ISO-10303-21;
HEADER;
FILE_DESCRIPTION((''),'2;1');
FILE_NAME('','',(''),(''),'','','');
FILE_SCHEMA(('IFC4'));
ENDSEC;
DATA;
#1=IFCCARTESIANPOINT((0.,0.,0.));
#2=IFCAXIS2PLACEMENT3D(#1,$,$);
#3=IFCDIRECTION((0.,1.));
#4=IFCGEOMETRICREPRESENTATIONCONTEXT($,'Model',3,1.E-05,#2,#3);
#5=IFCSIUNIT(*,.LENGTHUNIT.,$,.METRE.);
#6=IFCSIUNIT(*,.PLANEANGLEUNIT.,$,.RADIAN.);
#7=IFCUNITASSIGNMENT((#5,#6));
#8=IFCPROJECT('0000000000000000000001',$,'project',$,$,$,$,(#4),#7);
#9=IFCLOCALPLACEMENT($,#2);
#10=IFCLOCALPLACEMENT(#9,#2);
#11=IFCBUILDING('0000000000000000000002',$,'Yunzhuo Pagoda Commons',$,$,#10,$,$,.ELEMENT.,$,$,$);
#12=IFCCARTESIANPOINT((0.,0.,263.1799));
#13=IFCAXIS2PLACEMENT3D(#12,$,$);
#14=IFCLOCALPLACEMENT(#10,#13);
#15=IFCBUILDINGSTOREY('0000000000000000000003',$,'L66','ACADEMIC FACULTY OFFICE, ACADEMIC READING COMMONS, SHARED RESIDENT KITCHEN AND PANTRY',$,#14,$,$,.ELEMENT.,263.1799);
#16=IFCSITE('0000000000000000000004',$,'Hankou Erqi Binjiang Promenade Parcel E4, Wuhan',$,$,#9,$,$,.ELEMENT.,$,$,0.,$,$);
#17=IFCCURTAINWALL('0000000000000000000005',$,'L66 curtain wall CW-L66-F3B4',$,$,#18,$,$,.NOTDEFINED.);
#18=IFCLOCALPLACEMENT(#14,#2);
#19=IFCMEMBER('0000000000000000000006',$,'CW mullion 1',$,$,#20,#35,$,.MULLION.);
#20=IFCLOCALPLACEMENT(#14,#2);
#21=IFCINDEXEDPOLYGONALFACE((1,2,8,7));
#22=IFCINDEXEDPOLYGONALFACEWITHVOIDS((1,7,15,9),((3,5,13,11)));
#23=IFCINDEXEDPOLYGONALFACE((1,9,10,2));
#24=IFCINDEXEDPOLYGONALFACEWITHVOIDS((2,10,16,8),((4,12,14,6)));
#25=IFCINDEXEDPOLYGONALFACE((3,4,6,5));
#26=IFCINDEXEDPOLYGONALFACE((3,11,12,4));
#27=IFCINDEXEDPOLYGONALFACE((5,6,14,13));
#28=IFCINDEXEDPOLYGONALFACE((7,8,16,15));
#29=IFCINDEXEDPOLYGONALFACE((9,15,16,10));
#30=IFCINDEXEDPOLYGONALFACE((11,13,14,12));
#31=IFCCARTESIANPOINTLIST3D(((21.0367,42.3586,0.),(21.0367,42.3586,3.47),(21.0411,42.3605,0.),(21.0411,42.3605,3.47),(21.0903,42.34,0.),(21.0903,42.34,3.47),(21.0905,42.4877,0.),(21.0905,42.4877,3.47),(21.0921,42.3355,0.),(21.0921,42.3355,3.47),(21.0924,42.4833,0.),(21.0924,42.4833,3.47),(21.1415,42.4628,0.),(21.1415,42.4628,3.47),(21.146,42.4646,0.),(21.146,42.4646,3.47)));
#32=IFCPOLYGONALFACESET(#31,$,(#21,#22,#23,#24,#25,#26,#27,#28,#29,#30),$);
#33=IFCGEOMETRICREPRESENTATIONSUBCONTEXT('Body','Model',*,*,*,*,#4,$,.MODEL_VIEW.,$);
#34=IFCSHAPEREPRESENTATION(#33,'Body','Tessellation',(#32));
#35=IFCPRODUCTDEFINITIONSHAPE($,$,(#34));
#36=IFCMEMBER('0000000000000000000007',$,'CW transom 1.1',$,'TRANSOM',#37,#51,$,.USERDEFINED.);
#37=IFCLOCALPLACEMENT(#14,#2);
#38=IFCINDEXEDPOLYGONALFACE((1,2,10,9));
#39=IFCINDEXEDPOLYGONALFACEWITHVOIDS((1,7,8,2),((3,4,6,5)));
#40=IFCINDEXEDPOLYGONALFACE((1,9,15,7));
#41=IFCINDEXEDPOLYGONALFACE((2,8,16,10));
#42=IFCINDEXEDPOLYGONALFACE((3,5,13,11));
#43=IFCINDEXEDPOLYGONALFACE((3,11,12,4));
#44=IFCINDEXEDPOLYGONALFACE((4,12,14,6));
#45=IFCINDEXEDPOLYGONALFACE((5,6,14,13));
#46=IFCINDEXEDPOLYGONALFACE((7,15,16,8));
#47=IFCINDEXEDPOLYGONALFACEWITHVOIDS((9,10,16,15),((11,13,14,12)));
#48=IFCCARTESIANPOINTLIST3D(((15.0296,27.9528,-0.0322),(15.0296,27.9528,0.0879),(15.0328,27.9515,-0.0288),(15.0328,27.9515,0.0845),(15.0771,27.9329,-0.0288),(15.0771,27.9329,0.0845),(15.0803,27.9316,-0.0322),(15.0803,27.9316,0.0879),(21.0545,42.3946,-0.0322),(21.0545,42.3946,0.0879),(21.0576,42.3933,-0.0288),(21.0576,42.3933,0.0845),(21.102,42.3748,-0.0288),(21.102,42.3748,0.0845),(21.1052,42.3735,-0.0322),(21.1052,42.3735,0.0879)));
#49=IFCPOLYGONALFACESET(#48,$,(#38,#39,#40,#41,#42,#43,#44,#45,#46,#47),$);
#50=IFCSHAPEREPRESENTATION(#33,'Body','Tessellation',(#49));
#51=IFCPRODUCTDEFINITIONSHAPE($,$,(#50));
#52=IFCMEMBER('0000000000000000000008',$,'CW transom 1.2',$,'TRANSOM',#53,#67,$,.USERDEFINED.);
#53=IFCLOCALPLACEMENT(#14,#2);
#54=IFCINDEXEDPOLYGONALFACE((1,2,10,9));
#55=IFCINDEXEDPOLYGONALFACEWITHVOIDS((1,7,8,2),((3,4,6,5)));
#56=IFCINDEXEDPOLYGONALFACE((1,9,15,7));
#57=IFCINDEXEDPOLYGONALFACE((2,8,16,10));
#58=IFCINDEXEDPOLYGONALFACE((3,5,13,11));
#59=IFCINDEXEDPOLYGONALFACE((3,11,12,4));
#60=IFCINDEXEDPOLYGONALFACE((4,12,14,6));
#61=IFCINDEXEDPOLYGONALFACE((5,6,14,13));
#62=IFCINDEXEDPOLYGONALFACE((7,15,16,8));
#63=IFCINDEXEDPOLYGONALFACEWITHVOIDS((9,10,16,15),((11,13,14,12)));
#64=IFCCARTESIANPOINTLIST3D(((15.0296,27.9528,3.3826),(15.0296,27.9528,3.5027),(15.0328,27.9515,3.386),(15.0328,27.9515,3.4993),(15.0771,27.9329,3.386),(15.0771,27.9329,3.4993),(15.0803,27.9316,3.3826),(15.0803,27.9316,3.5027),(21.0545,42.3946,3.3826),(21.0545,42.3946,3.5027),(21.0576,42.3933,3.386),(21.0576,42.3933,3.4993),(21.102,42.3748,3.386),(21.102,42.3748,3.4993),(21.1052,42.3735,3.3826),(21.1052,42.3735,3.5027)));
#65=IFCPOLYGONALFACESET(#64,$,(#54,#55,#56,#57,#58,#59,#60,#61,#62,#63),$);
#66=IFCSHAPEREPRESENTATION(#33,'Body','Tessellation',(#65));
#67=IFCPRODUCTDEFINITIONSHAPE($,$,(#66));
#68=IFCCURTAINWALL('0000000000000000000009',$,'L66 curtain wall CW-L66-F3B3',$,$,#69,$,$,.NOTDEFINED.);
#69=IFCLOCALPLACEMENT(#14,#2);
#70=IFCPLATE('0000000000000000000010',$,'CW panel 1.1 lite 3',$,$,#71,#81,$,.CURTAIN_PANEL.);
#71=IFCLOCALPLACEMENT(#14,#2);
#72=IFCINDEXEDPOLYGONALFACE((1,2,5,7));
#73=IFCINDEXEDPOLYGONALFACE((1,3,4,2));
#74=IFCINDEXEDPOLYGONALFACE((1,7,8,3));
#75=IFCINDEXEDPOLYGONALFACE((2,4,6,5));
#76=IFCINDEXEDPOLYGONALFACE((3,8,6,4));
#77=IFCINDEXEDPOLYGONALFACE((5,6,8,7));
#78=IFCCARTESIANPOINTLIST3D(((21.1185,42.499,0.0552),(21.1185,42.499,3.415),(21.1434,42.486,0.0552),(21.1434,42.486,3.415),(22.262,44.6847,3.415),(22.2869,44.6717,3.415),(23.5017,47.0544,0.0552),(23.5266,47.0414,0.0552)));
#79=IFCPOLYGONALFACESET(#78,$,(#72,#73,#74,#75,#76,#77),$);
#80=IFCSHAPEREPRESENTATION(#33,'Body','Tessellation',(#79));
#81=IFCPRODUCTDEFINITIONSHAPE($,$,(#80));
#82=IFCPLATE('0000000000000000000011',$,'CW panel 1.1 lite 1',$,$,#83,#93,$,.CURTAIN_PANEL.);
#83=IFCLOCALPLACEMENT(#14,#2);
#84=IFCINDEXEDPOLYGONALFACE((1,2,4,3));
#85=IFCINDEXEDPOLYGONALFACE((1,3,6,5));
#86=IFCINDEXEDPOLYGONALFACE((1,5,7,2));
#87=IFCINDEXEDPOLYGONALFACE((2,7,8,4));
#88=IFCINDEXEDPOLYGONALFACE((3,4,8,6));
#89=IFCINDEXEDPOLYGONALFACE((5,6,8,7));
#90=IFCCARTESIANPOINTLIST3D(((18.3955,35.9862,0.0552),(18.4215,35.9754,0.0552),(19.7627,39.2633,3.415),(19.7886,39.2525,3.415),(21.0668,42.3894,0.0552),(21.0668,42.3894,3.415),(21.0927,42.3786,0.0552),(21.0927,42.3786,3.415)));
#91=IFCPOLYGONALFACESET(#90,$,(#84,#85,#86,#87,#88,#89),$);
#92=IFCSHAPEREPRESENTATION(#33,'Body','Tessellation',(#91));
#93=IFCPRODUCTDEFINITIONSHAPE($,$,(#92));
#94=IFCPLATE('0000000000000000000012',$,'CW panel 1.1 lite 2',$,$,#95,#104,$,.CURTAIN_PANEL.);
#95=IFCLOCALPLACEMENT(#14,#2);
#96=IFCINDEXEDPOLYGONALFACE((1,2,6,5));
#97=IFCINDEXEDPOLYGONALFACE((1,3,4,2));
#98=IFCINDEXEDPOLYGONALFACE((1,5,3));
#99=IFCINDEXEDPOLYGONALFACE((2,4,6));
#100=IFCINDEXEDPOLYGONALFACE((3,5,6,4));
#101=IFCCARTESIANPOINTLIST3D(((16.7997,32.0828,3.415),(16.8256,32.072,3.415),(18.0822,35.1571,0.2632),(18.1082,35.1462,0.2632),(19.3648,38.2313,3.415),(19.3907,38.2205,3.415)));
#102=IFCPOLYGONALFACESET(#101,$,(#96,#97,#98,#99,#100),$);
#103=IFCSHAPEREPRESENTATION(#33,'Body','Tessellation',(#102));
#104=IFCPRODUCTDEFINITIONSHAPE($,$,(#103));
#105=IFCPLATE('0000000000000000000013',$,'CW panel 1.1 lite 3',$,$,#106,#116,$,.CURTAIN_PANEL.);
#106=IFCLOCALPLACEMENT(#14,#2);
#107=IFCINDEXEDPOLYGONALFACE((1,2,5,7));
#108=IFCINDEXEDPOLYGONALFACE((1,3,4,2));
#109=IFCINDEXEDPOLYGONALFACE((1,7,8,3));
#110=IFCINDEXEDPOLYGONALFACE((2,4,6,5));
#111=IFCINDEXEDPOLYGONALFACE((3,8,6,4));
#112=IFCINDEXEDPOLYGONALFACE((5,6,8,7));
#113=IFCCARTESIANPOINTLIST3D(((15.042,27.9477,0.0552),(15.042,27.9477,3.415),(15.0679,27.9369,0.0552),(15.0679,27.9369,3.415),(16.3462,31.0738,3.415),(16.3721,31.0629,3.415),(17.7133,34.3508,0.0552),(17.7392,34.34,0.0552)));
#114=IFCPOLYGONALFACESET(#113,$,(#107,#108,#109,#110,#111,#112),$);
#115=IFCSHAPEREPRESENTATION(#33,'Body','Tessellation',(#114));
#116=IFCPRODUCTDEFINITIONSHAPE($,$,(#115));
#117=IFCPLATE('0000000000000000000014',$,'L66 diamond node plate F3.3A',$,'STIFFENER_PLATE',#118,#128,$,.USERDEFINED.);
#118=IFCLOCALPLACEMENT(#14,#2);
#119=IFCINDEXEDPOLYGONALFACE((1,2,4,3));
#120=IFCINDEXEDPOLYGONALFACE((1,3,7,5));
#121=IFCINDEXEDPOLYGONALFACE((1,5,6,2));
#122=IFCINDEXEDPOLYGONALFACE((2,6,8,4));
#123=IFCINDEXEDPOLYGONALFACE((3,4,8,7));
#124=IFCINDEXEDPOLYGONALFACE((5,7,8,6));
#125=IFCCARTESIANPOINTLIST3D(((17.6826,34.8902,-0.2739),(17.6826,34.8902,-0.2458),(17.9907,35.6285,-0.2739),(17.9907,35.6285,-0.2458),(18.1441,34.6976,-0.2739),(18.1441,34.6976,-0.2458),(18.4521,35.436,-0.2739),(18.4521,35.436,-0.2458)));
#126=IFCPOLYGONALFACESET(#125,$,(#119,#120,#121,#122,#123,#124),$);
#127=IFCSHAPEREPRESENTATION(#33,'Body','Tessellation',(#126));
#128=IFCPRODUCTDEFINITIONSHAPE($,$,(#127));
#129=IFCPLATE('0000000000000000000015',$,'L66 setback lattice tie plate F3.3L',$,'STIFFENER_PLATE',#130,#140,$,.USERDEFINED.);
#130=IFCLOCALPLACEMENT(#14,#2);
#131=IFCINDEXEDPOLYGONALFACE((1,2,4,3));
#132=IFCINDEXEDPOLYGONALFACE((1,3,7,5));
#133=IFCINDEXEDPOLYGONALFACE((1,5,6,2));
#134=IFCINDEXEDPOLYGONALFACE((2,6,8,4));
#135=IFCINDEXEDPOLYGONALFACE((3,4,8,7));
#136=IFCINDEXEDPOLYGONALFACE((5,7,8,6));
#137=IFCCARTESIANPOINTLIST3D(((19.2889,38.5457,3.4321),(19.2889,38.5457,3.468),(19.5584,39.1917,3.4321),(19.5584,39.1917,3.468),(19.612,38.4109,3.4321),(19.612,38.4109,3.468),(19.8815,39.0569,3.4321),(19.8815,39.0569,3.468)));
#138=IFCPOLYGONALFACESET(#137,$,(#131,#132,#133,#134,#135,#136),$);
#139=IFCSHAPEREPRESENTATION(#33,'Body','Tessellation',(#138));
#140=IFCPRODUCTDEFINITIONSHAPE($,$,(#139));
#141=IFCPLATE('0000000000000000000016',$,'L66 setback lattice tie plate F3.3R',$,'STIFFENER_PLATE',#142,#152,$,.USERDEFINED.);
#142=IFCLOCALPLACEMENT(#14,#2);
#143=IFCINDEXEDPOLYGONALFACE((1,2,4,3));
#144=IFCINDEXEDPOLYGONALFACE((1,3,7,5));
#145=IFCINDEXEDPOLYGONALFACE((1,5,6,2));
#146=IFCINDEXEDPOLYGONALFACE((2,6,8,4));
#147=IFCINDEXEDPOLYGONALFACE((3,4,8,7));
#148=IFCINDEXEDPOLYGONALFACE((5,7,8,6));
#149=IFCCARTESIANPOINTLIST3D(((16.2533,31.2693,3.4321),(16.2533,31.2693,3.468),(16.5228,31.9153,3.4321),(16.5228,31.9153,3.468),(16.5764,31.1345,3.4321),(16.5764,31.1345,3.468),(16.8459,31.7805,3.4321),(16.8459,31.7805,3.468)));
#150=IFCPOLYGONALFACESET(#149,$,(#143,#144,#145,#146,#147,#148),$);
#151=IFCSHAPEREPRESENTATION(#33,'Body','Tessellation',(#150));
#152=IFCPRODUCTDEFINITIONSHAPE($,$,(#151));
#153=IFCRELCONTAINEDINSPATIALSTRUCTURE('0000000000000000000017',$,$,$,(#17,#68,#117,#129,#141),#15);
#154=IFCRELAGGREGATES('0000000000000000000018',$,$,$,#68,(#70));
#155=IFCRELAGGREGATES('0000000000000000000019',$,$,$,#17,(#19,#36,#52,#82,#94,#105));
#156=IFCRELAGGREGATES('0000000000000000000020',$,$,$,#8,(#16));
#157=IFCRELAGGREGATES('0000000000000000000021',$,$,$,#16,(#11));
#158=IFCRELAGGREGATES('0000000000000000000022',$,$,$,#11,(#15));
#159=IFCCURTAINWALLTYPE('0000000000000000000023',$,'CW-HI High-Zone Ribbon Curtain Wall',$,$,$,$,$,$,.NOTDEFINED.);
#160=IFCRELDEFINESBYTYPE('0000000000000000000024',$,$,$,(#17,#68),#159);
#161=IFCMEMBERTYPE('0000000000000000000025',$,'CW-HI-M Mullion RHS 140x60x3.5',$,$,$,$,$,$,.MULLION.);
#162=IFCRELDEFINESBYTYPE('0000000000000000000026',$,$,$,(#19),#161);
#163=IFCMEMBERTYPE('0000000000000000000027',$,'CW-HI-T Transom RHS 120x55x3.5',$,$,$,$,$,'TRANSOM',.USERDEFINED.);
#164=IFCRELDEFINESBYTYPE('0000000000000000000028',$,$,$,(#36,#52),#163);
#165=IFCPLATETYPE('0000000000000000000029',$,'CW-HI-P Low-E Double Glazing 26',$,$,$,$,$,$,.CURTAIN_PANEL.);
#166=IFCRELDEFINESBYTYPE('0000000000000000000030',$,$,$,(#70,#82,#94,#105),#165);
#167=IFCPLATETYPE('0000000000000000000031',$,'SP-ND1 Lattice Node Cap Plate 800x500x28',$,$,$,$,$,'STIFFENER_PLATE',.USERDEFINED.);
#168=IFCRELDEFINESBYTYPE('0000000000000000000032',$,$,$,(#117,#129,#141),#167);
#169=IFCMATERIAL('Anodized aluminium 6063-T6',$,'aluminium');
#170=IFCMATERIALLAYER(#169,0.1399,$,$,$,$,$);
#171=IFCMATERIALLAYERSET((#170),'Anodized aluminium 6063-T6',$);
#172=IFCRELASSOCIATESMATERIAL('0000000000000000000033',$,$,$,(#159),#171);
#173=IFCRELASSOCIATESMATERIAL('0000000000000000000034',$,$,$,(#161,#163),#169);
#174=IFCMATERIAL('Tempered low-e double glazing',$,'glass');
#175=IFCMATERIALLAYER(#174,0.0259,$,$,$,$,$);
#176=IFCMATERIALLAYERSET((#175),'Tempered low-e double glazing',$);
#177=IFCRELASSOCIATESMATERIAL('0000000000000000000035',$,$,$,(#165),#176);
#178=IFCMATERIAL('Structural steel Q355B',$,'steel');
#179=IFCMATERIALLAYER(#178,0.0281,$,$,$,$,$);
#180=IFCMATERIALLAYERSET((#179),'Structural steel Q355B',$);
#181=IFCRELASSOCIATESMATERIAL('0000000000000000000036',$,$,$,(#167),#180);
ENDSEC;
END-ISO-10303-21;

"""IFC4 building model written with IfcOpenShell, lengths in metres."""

from ifc_helpers import new_model, si_unit, direction, frame, origin, origin_2d, place, context, subcontext, project, spatial, polyline, rectangle, hollow_rectangle, outline, extrude, source, transform, mapped, material, layer, layer_set, material_profile, profile_set, type_object, element, aggregate, save


model = new_model("IFC4")

# Units and contexts
model_context = context("Model", 3, precision=1e-05, world=origin(), true_north=direction((0.0, 1.0)))
body_context = subcontext(model_context, "Body", "Model", "MODEL_VIEW")
ifc_project = project(units=[si_unit("LENGTHUNIT", "METRE"), si_unit("PLANEANGLEUNIT", "RADIAN")], contexts=[model_context])

# Site, building, storey
site_placement = place(None, origin())
site = spatial("IfcSite", under=ifc_project, at=site_placement, Name="Hankou Erqi Binjiang Promenade Parcel E4, Wuhan", CompositionType="ELEMENT", RefElevation=0.0)
building_placement = place(site_placement, origin())
building = spatial("IfcBuilding", under=site, at=building_placement, Name="Yunzhuo Pagoda Commons", CompositionType="ELEMENT")
storey_placement = place(building_placement, frame((0.0, 0.0, 263.1799)))
storey = spatial("IfcBuildingStorey", under=building, at=storey_placement, Name="L66", Description="ACADEMIC FACULTY OFFICE, ACADEMIC READING COMMONS, SHARED RESIDENT KITCHEN AND PANTRY", CompositionType="ELEMENT", Elevation=263.1799)

# Shared definitions
ifc_material_1 = material(Name="Structural steel Q355B", Category="steel")

# Curtain wall, members
ifc_material_2 = material(Name="Anodized aluminium 6063-T6", Category="aluminium")
ifc_layer_1 = layer(ifc_material_2, 0.1399)
ifc_layer_set_1 = layer_set([ifc_layer_1], Name="Anodized aluminium 6063-T6")
curtain_wall_type = type_object("IfcCurtainWallType", Name="CW-HI High-Zone Ribbon Curtain Wall", PredefinedType="NOTDEFINED", material=ifc_layer_set_1)
curtain_wall_1_placement = place(storey_placement, origin())
curtain_wall_1 = element("IfcCurtainWall", 1, at=curtain_wall_1_placement, inside=storey, type_object=curtain_wall_type, Name="L66 curtain wall CW-L66-F3B4", PredefinedType="NOTDEFINED")
ifc_material_profile_1 = material_profile(ifc_material_2, hollow_rectangle(XDim=0.0601, YDim=0.1399, WallThickness=0.0034, at=origin_2d()), Name="Anodized aluminium 6063-T6")
ifc_profile_set_1 = profile_set([ifc_material_profile_1], Name="Anodized aluminium 6063-T6")
member_type_1 = type_object("IfcMemberType", Name="CW-HI-M Mullion RHS 140x60x3.5", PredefinedType="MULLION", material=ifc_profile_set_1)
shared_shape_1 = source(origin(), body_context, "Body", "SweptSolid", [
    extrude(hollow_rectangle(XDim=0.0601, YDim=0.1399, WallThickness=0.0034, at=origin_2d()), origin(), (0.0, 0.0, 1.0), 3.47),
])
member_1_placement = place(storey_placement, frame((21.0913, 42.4116, 0.0), z_axis=(0.0, 0.0, 1.0), x_axis=(0.92291, -0.385016, 0.0)))
member_1 = element("IfcMember", 2, at=member_1_placement, type_object=member_type_1, Name="CW mullion 1", PredefinedType="MULLION", context=body_context, shape_type="MappedRepresentation", body=[
    mapped(shared_shape_1, transform((0.0, 0.0, 0.0), scale=1.0)),
])
ifc_material_profile_2 = material_profile(ifc_material_2, hollow_rectangle(XDim=0.0549, YDim=0.1201, WallThickness=0.0034, at=origin_2d()), Name="Anodized aluminium 6063-T6")
ifc_profile_set_2 = profile_set([ifc_material_profile_2], Name="Anodized aluminium 6063-T6")
member_type_2 = type_object("IfcMemberType", Name="CW-HI-T Transom RHS 120x55x3.5", ElementType="TRANSOM", PredefinedType="USERDEFINED", material=ifc_profile_set_2)
shared_shape_2 = source(origin(), body_context, "Body", "SweptSolid", [
    extrude(hollow_rectangle(XDim=0.0549, YDim=0.1201, WallThickness=0.0034, at=origin_2d()), origin(), (0.0, 0.0, 1.0), 15.6482),
])
member_2_placement = place(storey_placement, frame((21.0798, 42.384, 0.0278), z_axis=(-0.385021, -0.922908, 0.0), x_axis=(0.922908, -0.385021, 0.0)))
member_2 = element("IfcMember", 3, at=member_2_placement, type_object=member_type_2, Name="CW transom 1.1", ObjectType="TRANSOM", PredefinedType="USERDEFINED", context=body_context, shape_type="MappedRepresentation", body=[
    mapped(shared_shape_2, transform((0.0, 0.0, 0.0), scale=1.0)),
])
member_3_placement = place(storey_placement, frame((21.0798, 42.384, 3.4426), z_axis=(-0.385021, -0.922908, 0.0), x_axis=(0.922908, -0.385021, 0.0)))
member_3 = element("IfcMember", 4, at=member_3_placement, type_object=member_type_2, Name="CW transom 1.2", ObjectType="TRANSOM", PredefinedType="USERDEFINED", context=body_context, shape_type="MappedRepresentation", body=[
    mapped(shared_shape_2, transform((0.0, 0.0, 0.0), scale=1.0)),
])

# Curtain wall, plate
curtain_wall_2_placement = place(storey_placement, origin())
curtain_wall_2 = element("IfcCurtainWall", 5, at=curtain_wall_2_placement, inside=storey, type_object=curtain_wall_type, Name="L66 curtain wall CW-L66-F3B3", PredefinedType="NOTDEFINED")
ifc_material_3 = material(Name="Tempered low-e double glazing", Category="glass")
ifc_layer_2 = layer(ifc_material_3, 0.0259)
ifc_layer_set_2 = layer_set([ifc_layer_2], Name="Tempered low-e double glazing")
plate_type_1 = type_object("IfcPlateType", Name="CW-HI-P Low-E Double Glazing 26", PredefinedType="CURTAIN_PANEL", material=ifc_layer_set_2)
plate_1_placement = place(storey_placement, frame((22.335, 44.7637, 1.7351), z_axis=(-0.886066, 0.463559, 0.0), x_axis=(-0.463559, -0.886066, 0.0)))
plate_1 = element("IfcPlate", 6, at=plate_1_placement, type_object=plate_type_1, Name="CW panel 1.1 lite 3", PredefinedType="CURTAIN_PANEL", context=body_context, shape_type="SweptSolid", body=[
    extrude(outline(polyline([(-2.5706, -1.6799), (2.5706, -1.6799), (2.5706, 1.6799), (0.1038, 1.6799), (-2.5706, -1.6799)])), origin(), (0.0, 0.0, 1.0), 0.0281),
])
aggregate(curtain_wall_2, [plate_1])

# Plates
plate_2_placement = place(storey_placement, frame((19.7571, 39.177, 1.7351), z_axis=(-0.92291, 0.385016, 0.0), x_axis=(-0.385016, -0.92291, 0.0)))
plate_2 = element("IfcPlate", 7, at=plate_2_placement, type_object=plate_type_1, Name="CW panel 1.1 lite 1", PredefinedType="CURTAIN_PANEL", context=body_context, shape_type="SweptSolid", body=[
    extrude(outline(polyline([(-3.469, -1.6799), (3.469, -1.6799), (-0.0818, 1.6799), (-3.469, 1.6799), (-3.469, -1.6799)])), origin(), (0.0, 0.0, 1.0), 0.0281),
])
plate_3_placement = place(storey_placement, frame((18.1082, 35.1462, 1.8391), z_axis=(-0.92291, 0.385016, 0.0), x_axis=(-0.385016, -0.92291, 0.0)))
plate_3 = element("IfcPlate", 8, at=plate_3_placement, type_object=plate_type_1, Name="CW panel 1.1 lite 2", PredefinedType="CURTAIN_PANEL", context=body_context, shape_type="SweptSolid", body=[
    extrude(outline(polyline([(-3.3311, 1.5759), (0.0, -1.5759), (3.3311, 1.5759), (-3.3311, 1.5759)])), origin(), (0.0, 0.0, 1.0), 0.0281),
])
plate_4_placement = place(storey_placement, frame((16.4036, 31.1384, 1.7351), z_axis=(-0.92291, 0.385016, 0.0), x_axis=(-0.385016, -0.92291, 0.0)))
plate_4 = element("IfcPlate", 9, at=plate_4_placement, type_object=plate_type_1, Name="CW panel 1.1 lite 3", PredefinedType="CURTAIN_PANEL", context=body_context, shape_type="SweptSolid", body=[
    extrude(outline(polyline([(-3.469, -1.6799), (3.469, -1.6799), (3.469, 1.6799), (0.0818, 1.6799), (-3.469, -1.6799)])), origin(), (0.0, 0.0, 1.0), 0.0281),
])
aggregate(curtain_wall_1, [member_1, member_2, member_3, plate_2, plate_3, plate_4])

# Plates
ifc_layer_3 = layer(ifc_material_1, 0.0281)
ifc_layer_set_3 = layer_set([ifc_layer_3], Name="Structural steel Q355B")
plate_type_2 = type_object("IfcPlateType", Name="SP-ND1 Lattice Node Cap Plate 800x500x28", ElementType="STIFFENER_PLATE", PredefinedType="USERDEFINED", material=ifc_layer_set_3)
shared_shape_3 = source(origin(), body_context, "Body", "SweptSolid", [
    extrude(rectangle(XDim=0.8, YDim=0.5, at=origin_2d()), origin(), (0.0, 0.0, 1.0), 0.0281),
])
plate_5_placement = place(storey_placement, frame((18.0674, 35.1631, -0.2739), z_axis=(0.0, 0.0, 1.0), x_axis=(-0.38502, -0.922908, 0.0)))
element("IfcPlate", 10, at=plate_5_placement, inside=storey, type_object=plate_type_2, Name="L66 diamond node plate F3.3A", ObjectType="STIFFENER_PLATE", PredefinedType="USERDEFINED", context=body_context, shape_type="MappedRepresentation", body=[
    mapped(shared_shape_3, transform((0.0, 0.0, 0.0), scale=1.0)),
])
shared_shape_4 = source(origin(), body_context, "Body", "SweptSolid", [
    extrude(rectangle(XDim=0.7, YDim=0.3501, at=origin_2d()), origin(), (0.0, 0.0, 1.0), 0.0359),
])
for number, where, z_axis, x_axis, name in (
    (11, (19.5852, 38.8013, 3.4321), (0.0, 0.0, 1.0), (-0.38502, -0.922908, 0.0), "L66 setback lattice tie plate F3.3L"),
    (12, (16.5496, 31.5249, 3.4321), (0.0, 0.0, 1.0), (-0.38502, -0.922908, 0.0), "L66 setback lattice tie plate F3.3R"),
):
    element("IfcPlate", number, at=place(storey_placement, frame(where, z_axis=z_axis, x_axis=x_axis)), inside=storey, type_object=plate_type_2, Name=name, ObjectType="STIFFENER_PLATE", PredefinedType="USERDEFINED", context=body_context, shape_type="MappedRepresentation", body=[
        mapped(shared_shape_4, transform((0.0, 0.0, 0.0), scale=1.0)),
    ])

save(model, "model.ifc")
